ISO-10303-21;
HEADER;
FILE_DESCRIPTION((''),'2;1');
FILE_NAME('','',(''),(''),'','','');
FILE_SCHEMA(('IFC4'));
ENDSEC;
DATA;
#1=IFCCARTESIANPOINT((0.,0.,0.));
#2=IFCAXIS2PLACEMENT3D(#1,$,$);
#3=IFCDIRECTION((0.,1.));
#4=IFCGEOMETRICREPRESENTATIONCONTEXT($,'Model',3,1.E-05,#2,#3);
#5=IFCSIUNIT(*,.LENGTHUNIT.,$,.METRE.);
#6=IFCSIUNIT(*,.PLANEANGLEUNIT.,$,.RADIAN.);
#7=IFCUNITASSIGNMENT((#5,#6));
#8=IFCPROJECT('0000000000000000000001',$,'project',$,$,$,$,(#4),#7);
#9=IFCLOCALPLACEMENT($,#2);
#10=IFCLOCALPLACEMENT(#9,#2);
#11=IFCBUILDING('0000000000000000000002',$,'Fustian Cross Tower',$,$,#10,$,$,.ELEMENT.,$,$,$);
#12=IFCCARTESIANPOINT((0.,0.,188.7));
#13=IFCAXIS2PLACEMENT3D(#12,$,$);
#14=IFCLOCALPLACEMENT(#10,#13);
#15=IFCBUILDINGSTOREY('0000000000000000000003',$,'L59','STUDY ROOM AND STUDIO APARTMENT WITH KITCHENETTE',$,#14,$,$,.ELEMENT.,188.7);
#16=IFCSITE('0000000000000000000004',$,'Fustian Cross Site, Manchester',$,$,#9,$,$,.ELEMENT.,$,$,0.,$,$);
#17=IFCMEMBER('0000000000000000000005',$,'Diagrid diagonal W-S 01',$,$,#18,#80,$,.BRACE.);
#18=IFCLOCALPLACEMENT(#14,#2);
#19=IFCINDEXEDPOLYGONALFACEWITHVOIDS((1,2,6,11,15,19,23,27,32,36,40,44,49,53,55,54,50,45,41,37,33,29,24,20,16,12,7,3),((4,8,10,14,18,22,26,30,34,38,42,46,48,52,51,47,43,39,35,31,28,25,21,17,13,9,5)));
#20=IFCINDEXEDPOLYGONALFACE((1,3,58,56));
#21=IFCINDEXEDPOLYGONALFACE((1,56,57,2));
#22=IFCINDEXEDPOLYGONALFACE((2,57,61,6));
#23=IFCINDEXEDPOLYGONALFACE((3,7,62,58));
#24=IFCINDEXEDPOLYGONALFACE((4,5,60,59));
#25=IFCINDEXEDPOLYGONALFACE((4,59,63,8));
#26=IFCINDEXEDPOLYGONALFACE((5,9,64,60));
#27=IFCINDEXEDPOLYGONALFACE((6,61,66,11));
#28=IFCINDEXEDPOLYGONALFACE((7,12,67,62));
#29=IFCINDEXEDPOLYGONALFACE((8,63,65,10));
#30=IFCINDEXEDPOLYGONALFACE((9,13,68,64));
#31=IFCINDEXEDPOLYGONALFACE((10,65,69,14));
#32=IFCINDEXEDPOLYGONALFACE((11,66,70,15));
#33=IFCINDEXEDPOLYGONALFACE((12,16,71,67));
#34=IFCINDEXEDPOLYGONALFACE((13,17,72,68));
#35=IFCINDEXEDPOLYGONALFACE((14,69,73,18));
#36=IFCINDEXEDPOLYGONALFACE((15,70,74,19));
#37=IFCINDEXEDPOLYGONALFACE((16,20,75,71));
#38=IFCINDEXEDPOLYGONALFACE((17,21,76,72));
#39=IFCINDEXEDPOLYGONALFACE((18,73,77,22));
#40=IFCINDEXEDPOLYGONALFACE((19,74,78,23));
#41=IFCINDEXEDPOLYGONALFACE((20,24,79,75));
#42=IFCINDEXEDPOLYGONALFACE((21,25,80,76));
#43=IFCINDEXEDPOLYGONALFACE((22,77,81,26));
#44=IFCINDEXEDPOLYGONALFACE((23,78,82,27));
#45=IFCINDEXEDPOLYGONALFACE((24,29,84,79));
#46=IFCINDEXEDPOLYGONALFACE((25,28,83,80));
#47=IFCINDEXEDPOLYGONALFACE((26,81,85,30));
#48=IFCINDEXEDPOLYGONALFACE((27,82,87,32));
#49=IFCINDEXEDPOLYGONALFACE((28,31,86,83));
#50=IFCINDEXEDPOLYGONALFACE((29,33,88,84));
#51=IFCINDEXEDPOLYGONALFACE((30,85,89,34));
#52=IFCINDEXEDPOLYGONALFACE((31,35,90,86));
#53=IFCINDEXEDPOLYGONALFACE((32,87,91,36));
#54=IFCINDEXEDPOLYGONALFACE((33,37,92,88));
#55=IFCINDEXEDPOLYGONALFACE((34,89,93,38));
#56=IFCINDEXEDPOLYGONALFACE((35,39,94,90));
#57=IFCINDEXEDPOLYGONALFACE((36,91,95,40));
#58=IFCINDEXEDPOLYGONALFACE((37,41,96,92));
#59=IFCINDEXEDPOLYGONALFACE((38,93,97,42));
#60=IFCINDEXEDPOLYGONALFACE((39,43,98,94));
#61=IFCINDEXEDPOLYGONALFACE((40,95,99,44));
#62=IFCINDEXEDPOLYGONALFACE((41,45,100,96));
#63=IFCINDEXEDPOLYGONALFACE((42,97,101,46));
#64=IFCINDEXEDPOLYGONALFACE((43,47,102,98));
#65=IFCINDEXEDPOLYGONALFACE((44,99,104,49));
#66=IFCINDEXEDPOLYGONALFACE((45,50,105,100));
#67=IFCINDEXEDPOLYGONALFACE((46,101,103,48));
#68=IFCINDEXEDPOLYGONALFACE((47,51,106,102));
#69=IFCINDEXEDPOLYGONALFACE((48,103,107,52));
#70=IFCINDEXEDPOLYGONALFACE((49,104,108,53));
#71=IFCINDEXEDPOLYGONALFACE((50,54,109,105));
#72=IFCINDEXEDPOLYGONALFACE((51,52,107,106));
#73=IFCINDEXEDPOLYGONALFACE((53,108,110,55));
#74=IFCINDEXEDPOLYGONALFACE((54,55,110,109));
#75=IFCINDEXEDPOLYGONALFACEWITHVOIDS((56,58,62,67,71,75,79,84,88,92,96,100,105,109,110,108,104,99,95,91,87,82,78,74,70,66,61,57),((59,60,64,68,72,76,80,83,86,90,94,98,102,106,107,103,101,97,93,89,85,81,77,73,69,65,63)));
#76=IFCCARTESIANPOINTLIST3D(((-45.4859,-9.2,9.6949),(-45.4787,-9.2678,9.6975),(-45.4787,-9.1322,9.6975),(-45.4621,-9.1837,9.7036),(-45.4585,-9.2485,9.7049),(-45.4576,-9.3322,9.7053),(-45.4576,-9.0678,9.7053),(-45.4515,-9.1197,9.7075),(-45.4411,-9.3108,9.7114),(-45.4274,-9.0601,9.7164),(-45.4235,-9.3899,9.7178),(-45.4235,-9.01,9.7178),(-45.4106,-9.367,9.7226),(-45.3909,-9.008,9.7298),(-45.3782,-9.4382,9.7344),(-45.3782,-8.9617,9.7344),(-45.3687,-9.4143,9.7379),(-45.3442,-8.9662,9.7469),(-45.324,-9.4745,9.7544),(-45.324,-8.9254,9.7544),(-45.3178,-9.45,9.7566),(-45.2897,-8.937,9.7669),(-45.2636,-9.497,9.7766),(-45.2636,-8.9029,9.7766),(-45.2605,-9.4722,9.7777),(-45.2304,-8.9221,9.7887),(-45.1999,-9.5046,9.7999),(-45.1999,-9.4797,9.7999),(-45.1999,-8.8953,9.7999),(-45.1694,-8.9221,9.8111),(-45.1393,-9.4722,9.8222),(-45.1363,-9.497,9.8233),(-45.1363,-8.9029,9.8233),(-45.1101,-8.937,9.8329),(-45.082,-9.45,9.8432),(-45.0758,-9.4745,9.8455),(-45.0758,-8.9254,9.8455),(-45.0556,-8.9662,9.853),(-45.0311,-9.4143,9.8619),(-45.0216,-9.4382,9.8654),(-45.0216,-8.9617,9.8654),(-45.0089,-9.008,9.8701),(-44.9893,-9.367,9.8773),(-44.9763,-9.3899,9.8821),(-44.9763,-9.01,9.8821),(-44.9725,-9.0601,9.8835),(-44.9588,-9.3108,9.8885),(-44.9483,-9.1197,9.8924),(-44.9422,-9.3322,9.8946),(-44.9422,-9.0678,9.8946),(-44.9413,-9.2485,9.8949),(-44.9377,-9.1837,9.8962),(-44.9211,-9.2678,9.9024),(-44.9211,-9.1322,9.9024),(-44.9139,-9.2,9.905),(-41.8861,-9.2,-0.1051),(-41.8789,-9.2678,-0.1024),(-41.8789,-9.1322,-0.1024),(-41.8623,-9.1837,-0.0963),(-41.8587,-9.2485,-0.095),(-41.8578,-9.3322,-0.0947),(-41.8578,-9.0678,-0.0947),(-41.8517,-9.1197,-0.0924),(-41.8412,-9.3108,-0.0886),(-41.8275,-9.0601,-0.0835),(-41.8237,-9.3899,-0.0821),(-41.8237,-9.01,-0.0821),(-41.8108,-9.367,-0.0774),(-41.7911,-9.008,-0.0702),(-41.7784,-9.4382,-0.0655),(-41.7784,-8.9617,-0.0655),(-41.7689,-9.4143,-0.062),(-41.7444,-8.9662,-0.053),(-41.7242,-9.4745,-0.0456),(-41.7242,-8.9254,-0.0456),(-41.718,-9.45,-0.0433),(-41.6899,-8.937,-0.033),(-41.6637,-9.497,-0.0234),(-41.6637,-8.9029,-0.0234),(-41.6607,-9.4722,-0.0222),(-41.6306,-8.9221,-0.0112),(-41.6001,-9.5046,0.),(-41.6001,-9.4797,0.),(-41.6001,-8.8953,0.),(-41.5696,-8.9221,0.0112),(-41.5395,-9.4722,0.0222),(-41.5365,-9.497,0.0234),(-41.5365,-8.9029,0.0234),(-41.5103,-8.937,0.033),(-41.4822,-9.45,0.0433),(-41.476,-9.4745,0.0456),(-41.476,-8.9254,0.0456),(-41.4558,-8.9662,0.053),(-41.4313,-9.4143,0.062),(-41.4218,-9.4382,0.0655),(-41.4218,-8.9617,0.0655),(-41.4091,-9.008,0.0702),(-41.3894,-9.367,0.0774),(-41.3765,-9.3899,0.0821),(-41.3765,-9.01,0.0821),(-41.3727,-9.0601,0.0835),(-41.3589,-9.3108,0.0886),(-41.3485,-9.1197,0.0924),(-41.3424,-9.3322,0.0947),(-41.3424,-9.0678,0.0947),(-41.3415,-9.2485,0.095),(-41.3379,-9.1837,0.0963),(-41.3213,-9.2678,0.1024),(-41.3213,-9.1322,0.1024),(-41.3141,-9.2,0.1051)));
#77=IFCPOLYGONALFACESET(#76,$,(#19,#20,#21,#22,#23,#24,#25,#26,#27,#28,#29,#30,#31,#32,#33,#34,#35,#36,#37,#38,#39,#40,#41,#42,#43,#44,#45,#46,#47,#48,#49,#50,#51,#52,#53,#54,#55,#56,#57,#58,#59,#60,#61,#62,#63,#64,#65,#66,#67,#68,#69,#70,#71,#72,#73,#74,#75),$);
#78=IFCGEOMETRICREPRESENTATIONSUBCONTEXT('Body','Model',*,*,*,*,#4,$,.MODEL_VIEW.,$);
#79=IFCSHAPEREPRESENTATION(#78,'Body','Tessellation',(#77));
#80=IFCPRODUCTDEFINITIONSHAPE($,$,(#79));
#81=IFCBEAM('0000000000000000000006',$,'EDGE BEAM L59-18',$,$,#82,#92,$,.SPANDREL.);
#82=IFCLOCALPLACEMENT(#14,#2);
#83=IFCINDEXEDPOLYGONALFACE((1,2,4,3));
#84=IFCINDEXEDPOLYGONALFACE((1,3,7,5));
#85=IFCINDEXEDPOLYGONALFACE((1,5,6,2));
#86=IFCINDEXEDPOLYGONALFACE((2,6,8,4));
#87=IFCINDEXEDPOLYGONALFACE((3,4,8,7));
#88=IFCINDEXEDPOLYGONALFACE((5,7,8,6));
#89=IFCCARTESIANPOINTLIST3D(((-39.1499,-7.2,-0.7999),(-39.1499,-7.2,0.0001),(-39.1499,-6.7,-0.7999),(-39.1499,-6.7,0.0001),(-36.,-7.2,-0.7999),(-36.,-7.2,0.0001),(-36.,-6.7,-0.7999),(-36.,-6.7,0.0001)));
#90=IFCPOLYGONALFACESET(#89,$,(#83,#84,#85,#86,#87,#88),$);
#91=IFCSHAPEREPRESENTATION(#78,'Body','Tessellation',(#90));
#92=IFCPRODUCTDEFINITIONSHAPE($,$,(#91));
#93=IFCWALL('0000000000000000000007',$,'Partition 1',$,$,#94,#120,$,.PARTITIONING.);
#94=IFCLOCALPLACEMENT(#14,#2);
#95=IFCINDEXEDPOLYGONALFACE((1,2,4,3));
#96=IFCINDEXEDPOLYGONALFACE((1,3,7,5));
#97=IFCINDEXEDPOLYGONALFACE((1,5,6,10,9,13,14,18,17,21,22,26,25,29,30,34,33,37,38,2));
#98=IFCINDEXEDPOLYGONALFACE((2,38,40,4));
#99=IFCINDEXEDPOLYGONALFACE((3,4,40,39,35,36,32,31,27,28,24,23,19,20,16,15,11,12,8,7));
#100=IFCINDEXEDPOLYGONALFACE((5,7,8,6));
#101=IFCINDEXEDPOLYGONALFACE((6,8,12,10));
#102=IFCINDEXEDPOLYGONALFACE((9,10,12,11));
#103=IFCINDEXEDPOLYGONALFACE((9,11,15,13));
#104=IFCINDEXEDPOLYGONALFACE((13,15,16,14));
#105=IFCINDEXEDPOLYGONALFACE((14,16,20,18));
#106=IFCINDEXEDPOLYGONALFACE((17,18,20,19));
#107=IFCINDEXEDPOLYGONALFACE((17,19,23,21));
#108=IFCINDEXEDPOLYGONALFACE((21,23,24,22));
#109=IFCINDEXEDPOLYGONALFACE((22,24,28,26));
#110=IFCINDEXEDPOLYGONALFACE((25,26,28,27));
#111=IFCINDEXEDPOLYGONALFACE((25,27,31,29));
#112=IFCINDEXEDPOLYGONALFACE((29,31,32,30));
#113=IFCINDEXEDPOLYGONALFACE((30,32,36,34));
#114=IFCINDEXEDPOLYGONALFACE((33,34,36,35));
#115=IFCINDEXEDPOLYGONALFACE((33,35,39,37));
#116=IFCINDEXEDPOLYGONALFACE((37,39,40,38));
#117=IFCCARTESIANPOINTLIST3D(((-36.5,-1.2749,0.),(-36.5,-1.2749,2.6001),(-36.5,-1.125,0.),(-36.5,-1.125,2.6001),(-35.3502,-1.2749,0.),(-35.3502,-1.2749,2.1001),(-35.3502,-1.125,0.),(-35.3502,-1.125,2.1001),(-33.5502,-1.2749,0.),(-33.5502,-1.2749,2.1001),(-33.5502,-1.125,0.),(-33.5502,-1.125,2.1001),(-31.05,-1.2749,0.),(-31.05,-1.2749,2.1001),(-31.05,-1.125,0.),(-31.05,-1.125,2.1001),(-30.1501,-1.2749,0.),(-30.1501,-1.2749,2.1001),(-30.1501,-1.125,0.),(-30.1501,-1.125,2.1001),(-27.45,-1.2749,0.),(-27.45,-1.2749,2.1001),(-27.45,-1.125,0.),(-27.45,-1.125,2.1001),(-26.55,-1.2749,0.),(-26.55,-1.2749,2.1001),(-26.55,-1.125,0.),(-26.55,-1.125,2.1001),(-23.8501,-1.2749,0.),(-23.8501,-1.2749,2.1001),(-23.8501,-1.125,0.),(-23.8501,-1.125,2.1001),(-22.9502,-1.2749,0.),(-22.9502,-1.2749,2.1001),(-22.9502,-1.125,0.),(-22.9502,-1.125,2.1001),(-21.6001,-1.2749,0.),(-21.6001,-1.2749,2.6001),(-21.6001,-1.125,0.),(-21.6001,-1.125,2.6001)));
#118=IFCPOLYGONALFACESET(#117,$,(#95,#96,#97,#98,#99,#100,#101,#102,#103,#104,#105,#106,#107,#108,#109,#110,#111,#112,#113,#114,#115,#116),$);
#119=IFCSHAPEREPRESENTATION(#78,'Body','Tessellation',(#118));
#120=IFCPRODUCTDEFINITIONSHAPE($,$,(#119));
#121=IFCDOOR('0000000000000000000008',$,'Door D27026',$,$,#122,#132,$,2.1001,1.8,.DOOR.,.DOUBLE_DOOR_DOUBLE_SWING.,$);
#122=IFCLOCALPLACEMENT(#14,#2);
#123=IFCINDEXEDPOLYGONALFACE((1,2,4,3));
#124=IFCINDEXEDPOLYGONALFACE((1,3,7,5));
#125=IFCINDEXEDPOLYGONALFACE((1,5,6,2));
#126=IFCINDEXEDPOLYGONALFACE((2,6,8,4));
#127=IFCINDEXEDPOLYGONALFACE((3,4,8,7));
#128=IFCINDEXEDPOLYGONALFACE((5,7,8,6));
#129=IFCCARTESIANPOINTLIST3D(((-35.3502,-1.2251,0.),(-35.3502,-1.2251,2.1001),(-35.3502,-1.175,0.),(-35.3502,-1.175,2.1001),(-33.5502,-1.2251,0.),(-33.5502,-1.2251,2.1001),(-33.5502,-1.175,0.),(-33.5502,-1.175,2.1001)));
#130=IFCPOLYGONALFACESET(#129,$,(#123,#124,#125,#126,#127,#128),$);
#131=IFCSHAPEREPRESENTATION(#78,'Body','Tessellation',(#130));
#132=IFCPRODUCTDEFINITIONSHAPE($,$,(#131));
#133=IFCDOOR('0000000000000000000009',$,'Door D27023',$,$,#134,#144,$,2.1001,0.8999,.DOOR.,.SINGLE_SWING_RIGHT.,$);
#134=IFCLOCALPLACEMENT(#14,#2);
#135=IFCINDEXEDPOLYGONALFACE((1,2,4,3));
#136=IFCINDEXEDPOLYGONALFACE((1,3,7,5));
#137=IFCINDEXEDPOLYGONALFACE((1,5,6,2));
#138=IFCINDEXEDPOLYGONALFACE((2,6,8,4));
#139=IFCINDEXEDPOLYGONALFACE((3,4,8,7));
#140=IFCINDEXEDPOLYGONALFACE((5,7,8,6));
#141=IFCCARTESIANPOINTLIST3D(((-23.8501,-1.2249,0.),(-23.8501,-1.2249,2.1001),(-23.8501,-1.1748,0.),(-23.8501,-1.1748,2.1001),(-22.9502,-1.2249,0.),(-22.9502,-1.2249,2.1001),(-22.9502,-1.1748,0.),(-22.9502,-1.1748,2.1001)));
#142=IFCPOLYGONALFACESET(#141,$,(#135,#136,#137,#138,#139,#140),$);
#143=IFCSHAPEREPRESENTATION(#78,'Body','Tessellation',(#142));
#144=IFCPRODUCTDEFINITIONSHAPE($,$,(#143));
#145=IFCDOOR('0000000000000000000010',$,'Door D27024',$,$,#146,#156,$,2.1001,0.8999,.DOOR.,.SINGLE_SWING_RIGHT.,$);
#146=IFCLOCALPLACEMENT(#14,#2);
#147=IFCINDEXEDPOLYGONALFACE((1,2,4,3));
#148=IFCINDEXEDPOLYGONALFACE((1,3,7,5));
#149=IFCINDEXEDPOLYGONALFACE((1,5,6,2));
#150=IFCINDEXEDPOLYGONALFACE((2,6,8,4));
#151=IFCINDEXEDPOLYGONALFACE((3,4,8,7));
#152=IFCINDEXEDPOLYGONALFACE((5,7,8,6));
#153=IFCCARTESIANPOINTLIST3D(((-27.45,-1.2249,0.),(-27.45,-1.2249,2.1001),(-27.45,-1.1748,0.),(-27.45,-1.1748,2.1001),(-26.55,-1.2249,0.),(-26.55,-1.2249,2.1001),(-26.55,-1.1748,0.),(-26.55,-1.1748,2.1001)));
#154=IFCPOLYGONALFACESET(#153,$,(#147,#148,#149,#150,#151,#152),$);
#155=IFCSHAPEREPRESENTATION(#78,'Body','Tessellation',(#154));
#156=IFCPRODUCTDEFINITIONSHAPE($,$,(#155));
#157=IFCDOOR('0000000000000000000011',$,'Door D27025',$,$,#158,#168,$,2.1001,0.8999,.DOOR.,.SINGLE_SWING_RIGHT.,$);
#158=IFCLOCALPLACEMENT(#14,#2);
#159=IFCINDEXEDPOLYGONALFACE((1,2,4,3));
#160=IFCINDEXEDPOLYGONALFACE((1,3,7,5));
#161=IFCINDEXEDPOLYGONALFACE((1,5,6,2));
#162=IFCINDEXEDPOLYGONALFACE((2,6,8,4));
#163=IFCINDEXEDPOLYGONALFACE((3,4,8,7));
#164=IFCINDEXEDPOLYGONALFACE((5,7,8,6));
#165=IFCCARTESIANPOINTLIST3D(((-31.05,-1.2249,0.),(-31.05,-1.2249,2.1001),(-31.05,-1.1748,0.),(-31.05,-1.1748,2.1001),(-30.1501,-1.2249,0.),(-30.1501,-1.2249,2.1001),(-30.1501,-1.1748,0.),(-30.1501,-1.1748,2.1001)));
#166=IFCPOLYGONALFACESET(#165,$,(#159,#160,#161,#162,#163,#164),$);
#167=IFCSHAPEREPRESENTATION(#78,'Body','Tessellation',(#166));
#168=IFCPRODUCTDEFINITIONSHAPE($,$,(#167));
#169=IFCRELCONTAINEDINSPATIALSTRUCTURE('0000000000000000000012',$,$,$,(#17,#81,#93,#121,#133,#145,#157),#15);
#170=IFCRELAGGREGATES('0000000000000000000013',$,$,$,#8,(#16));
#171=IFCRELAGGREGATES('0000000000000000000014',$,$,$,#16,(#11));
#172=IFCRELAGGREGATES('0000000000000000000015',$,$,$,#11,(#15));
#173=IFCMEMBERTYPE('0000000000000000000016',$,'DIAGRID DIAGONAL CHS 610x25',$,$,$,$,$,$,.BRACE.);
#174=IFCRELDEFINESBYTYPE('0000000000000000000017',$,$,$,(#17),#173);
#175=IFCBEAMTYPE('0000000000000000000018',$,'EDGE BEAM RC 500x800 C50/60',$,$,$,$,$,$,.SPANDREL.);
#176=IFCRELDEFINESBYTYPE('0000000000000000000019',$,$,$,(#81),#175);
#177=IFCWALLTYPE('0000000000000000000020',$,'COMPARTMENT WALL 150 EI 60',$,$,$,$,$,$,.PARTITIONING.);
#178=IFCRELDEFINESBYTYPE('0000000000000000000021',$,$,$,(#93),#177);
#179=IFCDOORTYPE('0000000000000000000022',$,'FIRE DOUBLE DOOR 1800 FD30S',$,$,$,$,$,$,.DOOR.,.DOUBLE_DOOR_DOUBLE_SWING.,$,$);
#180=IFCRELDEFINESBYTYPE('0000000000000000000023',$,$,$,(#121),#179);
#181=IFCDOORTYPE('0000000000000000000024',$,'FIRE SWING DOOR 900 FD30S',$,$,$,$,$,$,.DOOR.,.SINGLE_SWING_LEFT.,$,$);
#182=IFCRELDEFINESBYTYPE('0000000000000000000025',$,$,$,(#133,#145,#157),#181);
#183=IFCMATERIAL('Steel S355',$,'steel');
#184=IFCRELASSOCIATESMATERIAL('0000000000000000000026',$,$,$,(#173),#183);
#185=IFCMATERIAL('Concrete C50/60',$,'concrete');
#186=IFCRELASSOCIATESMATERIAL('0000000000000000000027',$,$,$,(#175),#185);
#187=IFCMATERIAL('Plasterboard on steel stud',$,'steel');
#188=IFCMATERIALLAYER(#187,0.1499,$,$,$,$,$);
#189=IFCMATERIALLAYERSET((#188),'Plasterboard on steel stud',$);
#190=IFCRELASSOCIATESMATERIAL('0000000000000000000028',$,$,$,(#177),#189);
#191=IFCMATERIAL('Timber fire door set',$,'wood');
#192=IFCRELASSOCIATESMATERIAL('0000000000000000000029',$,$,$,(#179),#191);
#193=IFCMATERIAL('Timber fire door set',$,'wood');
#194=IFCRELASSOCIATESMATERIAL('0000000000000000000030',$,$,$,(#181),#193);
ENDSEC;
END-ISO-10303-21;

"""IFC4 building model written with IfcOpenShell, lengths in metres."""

from ifc_helpers import new_model, si_unit, direction, frame, frame_2d, origin, origin_2d, place, context, subcontext, project, spatial, rectangle, hollow_circle, extrude, material, layer, layer_set, material_profile, profile_set, type_object, element, fill, save


model = new_model("IFC4")

# Units and contexts
model_context = context("Model", 3, precision=1e-05, world=origin(), true_north=direction((0.0, 1.0)))
body_context = subcontext(model_context, "Body", "Model", "MODEL_VIEW")
ifc_project = project(units=[si_unit("LENGTHUNIT", "METRE"), si_unit("PLANEANGLEUNIT", "RADIAN")], contexts=[model_context])

# Site, building, storey
site_placement = place(None, origin())
site = spatial("IfcSite", under=ifc_project, at=site_placement, Name="Fustian Cross Site, Manchester", CompositionType="ELEMENT", RefElevation=0.0)
building_placement = place(site_placement, origin())
building = spatial("IfcBuilding", under=site, at=building_placement, Name="Fustian Cross Tower", CompositionType="ELEMENT")
storey_placement = place(building_placement, frame((0.0, 0.0, 188.7)))
storey = spatial("IfcBuildingStorey", under=building, at=storey_placement, Name="L59", Description="STUDY ROOM AND STUDIO APARTMENT WITH KITCHENETTE", CompositionType="ELEMENT", Elevation=188.7)

# Member
ifc_material_1 = material(Name="Steel S355", Category="steel")
ifc_material_profile_1 = material_profile(ifc_material_1, hollow_circle(Radius=0.3047, WallThickness=0.0249, at=origin_2d()), Name="CHS 610x25")
ifc_profile_set_1 = profile_set([ifc_material_profile_1], Name="Steel S355")
member_type_1 = type_object("IfcMemberType", Name="DIAGRID DIAGONAL CHS 610x25", PredefinedType="BRACE", material=ifc_profile_set_1)
member_1_placement = place(storey_placement, frame((-41.6001, -9.2, 0.0), z_axis=(-0.344804, 0.0, 0.938675), x_axis=(0.0, -1.0, 0.0)))
element("IfcMember", 1, at=member_1_placement, inside=storey, type_object=member_type_1, Name="Diagrid diagonal W-S 01", PredefinedType="BRACE", context=body_context, shape_type="SweptSolid", body=[
    extrude(hollow_circle(Radius=0.3047, WallThickness=0.0249, at=origin_2d()), origin(), (0.0, 0.0, 1.0), 10.4402),
])

# Beam
ifc_material_2 = material(Name="Concrete C50/60", Category="concrete")
ifc_material_profile_2 = material_profile(ifc_material_2, rectangle(XDim=0.5, YDim=0.8, at=origin_2d()), Name="RC 500x800")
ifc_profile_set_2 = profile_set([ifc_material_profile_2], Name="Concrete C50/60")
beam_type = type_object("IfcBeamType", Name="EDGE BEAM RC 500x800 C50/60", PredefinedType="SPANDREL", material=ifc_profile_set_2)
beam_placement = place(storey_placement, frame((-39.1499, -6.95, -0.3999), z_axis=(1.0, 0.0, 0.0), x_axis=(0.0, 1.0, 0.0)))
element("IfcBeam", 2, at=beam_placement, inside=storey, type_object=beam_type, Name="EDGE BEAM L59-18", PredefinedType="SPANDREL", context=body_context, shape_type="SweptSolid", body=[
    extrude(rectangle(XDim=0.5, YDim=0.8, at=origin_2d()), origin(), (0.0, 0.0, 1.0), 3.1499),
])

# Wall, openings, doors
ifc_material_3 = material(Name="Plasterboard on steel stud", Category="steel")
ifc_layer_1 = layer(ifc_material_3, 0.1499)
ifc_layer_set_1 = layer_set([ifc_layer_1], Name="Plasterboard on steel stud")
wall_type_1 = type_object("IfcWallType", Name="COMPARTMENT WALL 150 EI 60", PredefinedType="PARTITIONING", material=ifc_layer_set_1)
wall_1_placement = place(storey_placement, frame((-36.5, -1.2, 0.0), z_axis=(0.0, 0.0, 1.0), x_axis=(1.0, 0.0, 0.0)))
wall_1 = element("IfcWall", 3, at=wall_1_placement, inside=storey, type_object=wall_type_1, Name="Partition 1", PredefinedType="PARTITIONING", context=body_context, shape_type="SweptSolid", body=[
    extrude(rectangle(XDim=14.8999, YDim=0.1499, at=frame_2d((7.45, 0.0))), origin(), (0.0, 0.0, 1.0), 2.6001),
])
opening_1_placement = place(wall_1_placement, frame((12.6499, 0.0, 0.0)))
opening_1 = element("IfcOpeningElement", 4, at=opening_1_placement, cuts=wall_1, PredefinedType="OPENING", context=body_context, shape_type="SweptSolid", body=[
    extrude(rectangle(XDim=0.8999, YDim=2.1001, at=frame_2d((0.45, 1.05))), frame((0.0, 0.085, 0.0), z_axis=(0.0, -1.0, 0.0), x_axis=(1.0, 0.0, 0.0)), (0.0, 0.0, 1.0), 0.1699),
])
opening_2_placement = place(wall_1_placement, frame((9.05, 0.0, 0.0)))
opening_2 = element("IfcOpeningElement", 5, at=opening_2_placement, cuts=wall_1, PredefinedType="OPENING", context=body_context, shape_type="SweptSolid", body=[
    extrude(rectangle(XDim=0.8999, YDim=2.1001, at=frame_2d((0.45, 1.05))), frame((0.0, 0.085, 0.0), z_axis=(0.0, -1.0, 0.0), x_axis=(1.0, 0.0, 0.0)), (0.0, 0.0, 1.0), 0.1699),
])
opening_3_placement = place(wall_1_placement, frame((5.45, 0.0, 0.0)))
opening_3 = element("IfcOpeningElement", 6, at=opening_3_placement, cuts=wall_1, PredefinedType="OPENING", context=body_context, shape_type="SweptSolid", body=[
    extrude(rectangle(XDim=0.8999, YDim=2.1001, at=frame_2d((0.45, 1.05))), frame((0.0, 0.085, 0.0), z_axis=(0.0, -1.0, 0.0), x_axis=(1.0, 0.0, 0.0)), (0.0, 0.0, 1.0), 0.1699),
])
opening_4_placement = place(wall_1_placement, frame((1.1499, 0.0, 0.0)))
opening_4 = element("IfcOpeningElement", 7, at=opening_4_placement, cuts=wall_1, PredefinedType="OPENING", context=body_context, shape_type="SweptSolid", body=[
    extrude(rectangle(XDim=1.8, YDim=2.1001, at=frame_2d((0.8999, 1.05))), frame((0.0, 0.085, 0.0), z_axis=(0.0, -1.0, 0.0), x_axis=(1.0, 0.0, 0.0)), (0.0, 0.0, 1.0), 0.1699),
])
ifc_material_4 = material(Name="Timber fire door set", Category="wood")
door_type_1 = type_object("IfcDoorType", Name="FIRE DOUBLE DOOR 1800 FD30S", OperationType="DOUBLE_DOOR_DOUBLE_SWING", PredefinedType="DOOR", material=ifc_material_4)
door_1_placement = place(opening_4_placement, origin())
door_1 = element("IfcDoor", 8, at=door_1_placement, inside=storey, type_object=door_type_1, Name="Door D27026", OperationType="DOUBLE_DOOR_DOUBLE_SWING", OverallHeight=2.1001, OverallWidth=1.8, PredefinedType="DOOR", context=body_context, shape_type="SweptSolid", body=[
    extrude(rectangle(XDim=1.8, YDim=2.1001, at=frame_2d((0.8999, 1.05))), frame((0.0, 0.0249, 0.0), z_axis=(0.0, -1.0, 0.0), x_axis=(1.0, 0.0, 0.0)), (0.0, 0.0, 1.0), 0.05),
])
fill(opening_4, door_1)
ifc_material_5 = material(Name="Timber fire door set", Category="wood")
door_type_2 = type_object("IfcDoorType", Name="FIRE SWING DOOR 900 FD30S", OperationType="SINGLE_SWING_LEFT", PredefinedType="DOOR", material=ifc_material_5)
door_2_placement = place(opening_1_placement, frame((0.8999, 0.0, 0.0), z_axis=(0.0, 0.0, 1.0), x_axis=(-1.0, 0.0, 0.0)))
door_2 = element("IfcDoor", 9, at=door_2_placement, inside=storey, type_object=door_type_2, Name="Door D27023", OperationType="SINGLE_SWING_RIGHT", OverallHeight=2.1001, OverallWidth=0.8999, PredefinedType="DOOR", context=body_context, shape_type="SweptSolid", body=[
    extrude(rectangle(XDim=0.8999, YDim=2.1001, at=frame_2d((0.45, 1.05))), frame((0.0, 0.0249, 0.0), z_axis=(0.0, -1.0, 0.0), x_axis=(1.0, 0.0, 0.0)), (0.0, 0.0, 1.0), 0.05),
])
fill(opening_1, door_2)
door_3_placement = place(opening_2_placement, frame((0.8999, 0.0, 0.0), z_axis=(0.0, 0.0, 1.0), x_axis=(-1.0, 0.0, 0.0)))
door_3 = element("IfcDoor", 10, at=door_3_placement, inside=storey, type_object=door_type_2, Name="Door D27024", OperationType="SINGLE_SWING_RIGHT", OverallHeight=2.1001, OverallWidth=0.8999, PredefinedType="DOOR", context=body_context, shape_type="SweptSolid", body=[
    extrude(rectangle(XDim=0.8999, YDim=2.1001, at=frame_2d((0.45, 1.05))), frame((0.0, 0.0249, 0.0), z_axis=(0.0, -1.0, 0.0), x_axis=(1.0, 0.0, 0.0)), (0.0, 0.0, 1.0), 0.05),
])
fill(opening_2, door_3)
door_4_placement = place(opening_3_placement, frame((0.8999, 0.0, 0.0), z_axis=(0.0, 0.0, 1.0), x_axis=(-1.0, 0.0, 0.0)))
door_4 = element("IfcDoor", 11, at=door_4_placement, inside=storey, type_object=door_type_2, Name="Door D27025", OperationType="SINGLE_SWING_RIGHT", OverallHeight=2.1001, OverallWidth=0.8999, PredefinedType="DOOR", context=body_context, shape_type="SweptSolid", body=[
    extrude(rectangle(XDim=0.8999, YDim=2.1001, at=frame_2d((0.45, 1.05))), frame((0.0, 0.0249, 0.0), z_axis=(0.0, -1.0, 0.0), x_axis=(1.0, 0.0, 0.0)), (0.0, 0.0, 1.0), 0.05),
])
fill(opening_3, door_4)

save(model, "model.ifc")
